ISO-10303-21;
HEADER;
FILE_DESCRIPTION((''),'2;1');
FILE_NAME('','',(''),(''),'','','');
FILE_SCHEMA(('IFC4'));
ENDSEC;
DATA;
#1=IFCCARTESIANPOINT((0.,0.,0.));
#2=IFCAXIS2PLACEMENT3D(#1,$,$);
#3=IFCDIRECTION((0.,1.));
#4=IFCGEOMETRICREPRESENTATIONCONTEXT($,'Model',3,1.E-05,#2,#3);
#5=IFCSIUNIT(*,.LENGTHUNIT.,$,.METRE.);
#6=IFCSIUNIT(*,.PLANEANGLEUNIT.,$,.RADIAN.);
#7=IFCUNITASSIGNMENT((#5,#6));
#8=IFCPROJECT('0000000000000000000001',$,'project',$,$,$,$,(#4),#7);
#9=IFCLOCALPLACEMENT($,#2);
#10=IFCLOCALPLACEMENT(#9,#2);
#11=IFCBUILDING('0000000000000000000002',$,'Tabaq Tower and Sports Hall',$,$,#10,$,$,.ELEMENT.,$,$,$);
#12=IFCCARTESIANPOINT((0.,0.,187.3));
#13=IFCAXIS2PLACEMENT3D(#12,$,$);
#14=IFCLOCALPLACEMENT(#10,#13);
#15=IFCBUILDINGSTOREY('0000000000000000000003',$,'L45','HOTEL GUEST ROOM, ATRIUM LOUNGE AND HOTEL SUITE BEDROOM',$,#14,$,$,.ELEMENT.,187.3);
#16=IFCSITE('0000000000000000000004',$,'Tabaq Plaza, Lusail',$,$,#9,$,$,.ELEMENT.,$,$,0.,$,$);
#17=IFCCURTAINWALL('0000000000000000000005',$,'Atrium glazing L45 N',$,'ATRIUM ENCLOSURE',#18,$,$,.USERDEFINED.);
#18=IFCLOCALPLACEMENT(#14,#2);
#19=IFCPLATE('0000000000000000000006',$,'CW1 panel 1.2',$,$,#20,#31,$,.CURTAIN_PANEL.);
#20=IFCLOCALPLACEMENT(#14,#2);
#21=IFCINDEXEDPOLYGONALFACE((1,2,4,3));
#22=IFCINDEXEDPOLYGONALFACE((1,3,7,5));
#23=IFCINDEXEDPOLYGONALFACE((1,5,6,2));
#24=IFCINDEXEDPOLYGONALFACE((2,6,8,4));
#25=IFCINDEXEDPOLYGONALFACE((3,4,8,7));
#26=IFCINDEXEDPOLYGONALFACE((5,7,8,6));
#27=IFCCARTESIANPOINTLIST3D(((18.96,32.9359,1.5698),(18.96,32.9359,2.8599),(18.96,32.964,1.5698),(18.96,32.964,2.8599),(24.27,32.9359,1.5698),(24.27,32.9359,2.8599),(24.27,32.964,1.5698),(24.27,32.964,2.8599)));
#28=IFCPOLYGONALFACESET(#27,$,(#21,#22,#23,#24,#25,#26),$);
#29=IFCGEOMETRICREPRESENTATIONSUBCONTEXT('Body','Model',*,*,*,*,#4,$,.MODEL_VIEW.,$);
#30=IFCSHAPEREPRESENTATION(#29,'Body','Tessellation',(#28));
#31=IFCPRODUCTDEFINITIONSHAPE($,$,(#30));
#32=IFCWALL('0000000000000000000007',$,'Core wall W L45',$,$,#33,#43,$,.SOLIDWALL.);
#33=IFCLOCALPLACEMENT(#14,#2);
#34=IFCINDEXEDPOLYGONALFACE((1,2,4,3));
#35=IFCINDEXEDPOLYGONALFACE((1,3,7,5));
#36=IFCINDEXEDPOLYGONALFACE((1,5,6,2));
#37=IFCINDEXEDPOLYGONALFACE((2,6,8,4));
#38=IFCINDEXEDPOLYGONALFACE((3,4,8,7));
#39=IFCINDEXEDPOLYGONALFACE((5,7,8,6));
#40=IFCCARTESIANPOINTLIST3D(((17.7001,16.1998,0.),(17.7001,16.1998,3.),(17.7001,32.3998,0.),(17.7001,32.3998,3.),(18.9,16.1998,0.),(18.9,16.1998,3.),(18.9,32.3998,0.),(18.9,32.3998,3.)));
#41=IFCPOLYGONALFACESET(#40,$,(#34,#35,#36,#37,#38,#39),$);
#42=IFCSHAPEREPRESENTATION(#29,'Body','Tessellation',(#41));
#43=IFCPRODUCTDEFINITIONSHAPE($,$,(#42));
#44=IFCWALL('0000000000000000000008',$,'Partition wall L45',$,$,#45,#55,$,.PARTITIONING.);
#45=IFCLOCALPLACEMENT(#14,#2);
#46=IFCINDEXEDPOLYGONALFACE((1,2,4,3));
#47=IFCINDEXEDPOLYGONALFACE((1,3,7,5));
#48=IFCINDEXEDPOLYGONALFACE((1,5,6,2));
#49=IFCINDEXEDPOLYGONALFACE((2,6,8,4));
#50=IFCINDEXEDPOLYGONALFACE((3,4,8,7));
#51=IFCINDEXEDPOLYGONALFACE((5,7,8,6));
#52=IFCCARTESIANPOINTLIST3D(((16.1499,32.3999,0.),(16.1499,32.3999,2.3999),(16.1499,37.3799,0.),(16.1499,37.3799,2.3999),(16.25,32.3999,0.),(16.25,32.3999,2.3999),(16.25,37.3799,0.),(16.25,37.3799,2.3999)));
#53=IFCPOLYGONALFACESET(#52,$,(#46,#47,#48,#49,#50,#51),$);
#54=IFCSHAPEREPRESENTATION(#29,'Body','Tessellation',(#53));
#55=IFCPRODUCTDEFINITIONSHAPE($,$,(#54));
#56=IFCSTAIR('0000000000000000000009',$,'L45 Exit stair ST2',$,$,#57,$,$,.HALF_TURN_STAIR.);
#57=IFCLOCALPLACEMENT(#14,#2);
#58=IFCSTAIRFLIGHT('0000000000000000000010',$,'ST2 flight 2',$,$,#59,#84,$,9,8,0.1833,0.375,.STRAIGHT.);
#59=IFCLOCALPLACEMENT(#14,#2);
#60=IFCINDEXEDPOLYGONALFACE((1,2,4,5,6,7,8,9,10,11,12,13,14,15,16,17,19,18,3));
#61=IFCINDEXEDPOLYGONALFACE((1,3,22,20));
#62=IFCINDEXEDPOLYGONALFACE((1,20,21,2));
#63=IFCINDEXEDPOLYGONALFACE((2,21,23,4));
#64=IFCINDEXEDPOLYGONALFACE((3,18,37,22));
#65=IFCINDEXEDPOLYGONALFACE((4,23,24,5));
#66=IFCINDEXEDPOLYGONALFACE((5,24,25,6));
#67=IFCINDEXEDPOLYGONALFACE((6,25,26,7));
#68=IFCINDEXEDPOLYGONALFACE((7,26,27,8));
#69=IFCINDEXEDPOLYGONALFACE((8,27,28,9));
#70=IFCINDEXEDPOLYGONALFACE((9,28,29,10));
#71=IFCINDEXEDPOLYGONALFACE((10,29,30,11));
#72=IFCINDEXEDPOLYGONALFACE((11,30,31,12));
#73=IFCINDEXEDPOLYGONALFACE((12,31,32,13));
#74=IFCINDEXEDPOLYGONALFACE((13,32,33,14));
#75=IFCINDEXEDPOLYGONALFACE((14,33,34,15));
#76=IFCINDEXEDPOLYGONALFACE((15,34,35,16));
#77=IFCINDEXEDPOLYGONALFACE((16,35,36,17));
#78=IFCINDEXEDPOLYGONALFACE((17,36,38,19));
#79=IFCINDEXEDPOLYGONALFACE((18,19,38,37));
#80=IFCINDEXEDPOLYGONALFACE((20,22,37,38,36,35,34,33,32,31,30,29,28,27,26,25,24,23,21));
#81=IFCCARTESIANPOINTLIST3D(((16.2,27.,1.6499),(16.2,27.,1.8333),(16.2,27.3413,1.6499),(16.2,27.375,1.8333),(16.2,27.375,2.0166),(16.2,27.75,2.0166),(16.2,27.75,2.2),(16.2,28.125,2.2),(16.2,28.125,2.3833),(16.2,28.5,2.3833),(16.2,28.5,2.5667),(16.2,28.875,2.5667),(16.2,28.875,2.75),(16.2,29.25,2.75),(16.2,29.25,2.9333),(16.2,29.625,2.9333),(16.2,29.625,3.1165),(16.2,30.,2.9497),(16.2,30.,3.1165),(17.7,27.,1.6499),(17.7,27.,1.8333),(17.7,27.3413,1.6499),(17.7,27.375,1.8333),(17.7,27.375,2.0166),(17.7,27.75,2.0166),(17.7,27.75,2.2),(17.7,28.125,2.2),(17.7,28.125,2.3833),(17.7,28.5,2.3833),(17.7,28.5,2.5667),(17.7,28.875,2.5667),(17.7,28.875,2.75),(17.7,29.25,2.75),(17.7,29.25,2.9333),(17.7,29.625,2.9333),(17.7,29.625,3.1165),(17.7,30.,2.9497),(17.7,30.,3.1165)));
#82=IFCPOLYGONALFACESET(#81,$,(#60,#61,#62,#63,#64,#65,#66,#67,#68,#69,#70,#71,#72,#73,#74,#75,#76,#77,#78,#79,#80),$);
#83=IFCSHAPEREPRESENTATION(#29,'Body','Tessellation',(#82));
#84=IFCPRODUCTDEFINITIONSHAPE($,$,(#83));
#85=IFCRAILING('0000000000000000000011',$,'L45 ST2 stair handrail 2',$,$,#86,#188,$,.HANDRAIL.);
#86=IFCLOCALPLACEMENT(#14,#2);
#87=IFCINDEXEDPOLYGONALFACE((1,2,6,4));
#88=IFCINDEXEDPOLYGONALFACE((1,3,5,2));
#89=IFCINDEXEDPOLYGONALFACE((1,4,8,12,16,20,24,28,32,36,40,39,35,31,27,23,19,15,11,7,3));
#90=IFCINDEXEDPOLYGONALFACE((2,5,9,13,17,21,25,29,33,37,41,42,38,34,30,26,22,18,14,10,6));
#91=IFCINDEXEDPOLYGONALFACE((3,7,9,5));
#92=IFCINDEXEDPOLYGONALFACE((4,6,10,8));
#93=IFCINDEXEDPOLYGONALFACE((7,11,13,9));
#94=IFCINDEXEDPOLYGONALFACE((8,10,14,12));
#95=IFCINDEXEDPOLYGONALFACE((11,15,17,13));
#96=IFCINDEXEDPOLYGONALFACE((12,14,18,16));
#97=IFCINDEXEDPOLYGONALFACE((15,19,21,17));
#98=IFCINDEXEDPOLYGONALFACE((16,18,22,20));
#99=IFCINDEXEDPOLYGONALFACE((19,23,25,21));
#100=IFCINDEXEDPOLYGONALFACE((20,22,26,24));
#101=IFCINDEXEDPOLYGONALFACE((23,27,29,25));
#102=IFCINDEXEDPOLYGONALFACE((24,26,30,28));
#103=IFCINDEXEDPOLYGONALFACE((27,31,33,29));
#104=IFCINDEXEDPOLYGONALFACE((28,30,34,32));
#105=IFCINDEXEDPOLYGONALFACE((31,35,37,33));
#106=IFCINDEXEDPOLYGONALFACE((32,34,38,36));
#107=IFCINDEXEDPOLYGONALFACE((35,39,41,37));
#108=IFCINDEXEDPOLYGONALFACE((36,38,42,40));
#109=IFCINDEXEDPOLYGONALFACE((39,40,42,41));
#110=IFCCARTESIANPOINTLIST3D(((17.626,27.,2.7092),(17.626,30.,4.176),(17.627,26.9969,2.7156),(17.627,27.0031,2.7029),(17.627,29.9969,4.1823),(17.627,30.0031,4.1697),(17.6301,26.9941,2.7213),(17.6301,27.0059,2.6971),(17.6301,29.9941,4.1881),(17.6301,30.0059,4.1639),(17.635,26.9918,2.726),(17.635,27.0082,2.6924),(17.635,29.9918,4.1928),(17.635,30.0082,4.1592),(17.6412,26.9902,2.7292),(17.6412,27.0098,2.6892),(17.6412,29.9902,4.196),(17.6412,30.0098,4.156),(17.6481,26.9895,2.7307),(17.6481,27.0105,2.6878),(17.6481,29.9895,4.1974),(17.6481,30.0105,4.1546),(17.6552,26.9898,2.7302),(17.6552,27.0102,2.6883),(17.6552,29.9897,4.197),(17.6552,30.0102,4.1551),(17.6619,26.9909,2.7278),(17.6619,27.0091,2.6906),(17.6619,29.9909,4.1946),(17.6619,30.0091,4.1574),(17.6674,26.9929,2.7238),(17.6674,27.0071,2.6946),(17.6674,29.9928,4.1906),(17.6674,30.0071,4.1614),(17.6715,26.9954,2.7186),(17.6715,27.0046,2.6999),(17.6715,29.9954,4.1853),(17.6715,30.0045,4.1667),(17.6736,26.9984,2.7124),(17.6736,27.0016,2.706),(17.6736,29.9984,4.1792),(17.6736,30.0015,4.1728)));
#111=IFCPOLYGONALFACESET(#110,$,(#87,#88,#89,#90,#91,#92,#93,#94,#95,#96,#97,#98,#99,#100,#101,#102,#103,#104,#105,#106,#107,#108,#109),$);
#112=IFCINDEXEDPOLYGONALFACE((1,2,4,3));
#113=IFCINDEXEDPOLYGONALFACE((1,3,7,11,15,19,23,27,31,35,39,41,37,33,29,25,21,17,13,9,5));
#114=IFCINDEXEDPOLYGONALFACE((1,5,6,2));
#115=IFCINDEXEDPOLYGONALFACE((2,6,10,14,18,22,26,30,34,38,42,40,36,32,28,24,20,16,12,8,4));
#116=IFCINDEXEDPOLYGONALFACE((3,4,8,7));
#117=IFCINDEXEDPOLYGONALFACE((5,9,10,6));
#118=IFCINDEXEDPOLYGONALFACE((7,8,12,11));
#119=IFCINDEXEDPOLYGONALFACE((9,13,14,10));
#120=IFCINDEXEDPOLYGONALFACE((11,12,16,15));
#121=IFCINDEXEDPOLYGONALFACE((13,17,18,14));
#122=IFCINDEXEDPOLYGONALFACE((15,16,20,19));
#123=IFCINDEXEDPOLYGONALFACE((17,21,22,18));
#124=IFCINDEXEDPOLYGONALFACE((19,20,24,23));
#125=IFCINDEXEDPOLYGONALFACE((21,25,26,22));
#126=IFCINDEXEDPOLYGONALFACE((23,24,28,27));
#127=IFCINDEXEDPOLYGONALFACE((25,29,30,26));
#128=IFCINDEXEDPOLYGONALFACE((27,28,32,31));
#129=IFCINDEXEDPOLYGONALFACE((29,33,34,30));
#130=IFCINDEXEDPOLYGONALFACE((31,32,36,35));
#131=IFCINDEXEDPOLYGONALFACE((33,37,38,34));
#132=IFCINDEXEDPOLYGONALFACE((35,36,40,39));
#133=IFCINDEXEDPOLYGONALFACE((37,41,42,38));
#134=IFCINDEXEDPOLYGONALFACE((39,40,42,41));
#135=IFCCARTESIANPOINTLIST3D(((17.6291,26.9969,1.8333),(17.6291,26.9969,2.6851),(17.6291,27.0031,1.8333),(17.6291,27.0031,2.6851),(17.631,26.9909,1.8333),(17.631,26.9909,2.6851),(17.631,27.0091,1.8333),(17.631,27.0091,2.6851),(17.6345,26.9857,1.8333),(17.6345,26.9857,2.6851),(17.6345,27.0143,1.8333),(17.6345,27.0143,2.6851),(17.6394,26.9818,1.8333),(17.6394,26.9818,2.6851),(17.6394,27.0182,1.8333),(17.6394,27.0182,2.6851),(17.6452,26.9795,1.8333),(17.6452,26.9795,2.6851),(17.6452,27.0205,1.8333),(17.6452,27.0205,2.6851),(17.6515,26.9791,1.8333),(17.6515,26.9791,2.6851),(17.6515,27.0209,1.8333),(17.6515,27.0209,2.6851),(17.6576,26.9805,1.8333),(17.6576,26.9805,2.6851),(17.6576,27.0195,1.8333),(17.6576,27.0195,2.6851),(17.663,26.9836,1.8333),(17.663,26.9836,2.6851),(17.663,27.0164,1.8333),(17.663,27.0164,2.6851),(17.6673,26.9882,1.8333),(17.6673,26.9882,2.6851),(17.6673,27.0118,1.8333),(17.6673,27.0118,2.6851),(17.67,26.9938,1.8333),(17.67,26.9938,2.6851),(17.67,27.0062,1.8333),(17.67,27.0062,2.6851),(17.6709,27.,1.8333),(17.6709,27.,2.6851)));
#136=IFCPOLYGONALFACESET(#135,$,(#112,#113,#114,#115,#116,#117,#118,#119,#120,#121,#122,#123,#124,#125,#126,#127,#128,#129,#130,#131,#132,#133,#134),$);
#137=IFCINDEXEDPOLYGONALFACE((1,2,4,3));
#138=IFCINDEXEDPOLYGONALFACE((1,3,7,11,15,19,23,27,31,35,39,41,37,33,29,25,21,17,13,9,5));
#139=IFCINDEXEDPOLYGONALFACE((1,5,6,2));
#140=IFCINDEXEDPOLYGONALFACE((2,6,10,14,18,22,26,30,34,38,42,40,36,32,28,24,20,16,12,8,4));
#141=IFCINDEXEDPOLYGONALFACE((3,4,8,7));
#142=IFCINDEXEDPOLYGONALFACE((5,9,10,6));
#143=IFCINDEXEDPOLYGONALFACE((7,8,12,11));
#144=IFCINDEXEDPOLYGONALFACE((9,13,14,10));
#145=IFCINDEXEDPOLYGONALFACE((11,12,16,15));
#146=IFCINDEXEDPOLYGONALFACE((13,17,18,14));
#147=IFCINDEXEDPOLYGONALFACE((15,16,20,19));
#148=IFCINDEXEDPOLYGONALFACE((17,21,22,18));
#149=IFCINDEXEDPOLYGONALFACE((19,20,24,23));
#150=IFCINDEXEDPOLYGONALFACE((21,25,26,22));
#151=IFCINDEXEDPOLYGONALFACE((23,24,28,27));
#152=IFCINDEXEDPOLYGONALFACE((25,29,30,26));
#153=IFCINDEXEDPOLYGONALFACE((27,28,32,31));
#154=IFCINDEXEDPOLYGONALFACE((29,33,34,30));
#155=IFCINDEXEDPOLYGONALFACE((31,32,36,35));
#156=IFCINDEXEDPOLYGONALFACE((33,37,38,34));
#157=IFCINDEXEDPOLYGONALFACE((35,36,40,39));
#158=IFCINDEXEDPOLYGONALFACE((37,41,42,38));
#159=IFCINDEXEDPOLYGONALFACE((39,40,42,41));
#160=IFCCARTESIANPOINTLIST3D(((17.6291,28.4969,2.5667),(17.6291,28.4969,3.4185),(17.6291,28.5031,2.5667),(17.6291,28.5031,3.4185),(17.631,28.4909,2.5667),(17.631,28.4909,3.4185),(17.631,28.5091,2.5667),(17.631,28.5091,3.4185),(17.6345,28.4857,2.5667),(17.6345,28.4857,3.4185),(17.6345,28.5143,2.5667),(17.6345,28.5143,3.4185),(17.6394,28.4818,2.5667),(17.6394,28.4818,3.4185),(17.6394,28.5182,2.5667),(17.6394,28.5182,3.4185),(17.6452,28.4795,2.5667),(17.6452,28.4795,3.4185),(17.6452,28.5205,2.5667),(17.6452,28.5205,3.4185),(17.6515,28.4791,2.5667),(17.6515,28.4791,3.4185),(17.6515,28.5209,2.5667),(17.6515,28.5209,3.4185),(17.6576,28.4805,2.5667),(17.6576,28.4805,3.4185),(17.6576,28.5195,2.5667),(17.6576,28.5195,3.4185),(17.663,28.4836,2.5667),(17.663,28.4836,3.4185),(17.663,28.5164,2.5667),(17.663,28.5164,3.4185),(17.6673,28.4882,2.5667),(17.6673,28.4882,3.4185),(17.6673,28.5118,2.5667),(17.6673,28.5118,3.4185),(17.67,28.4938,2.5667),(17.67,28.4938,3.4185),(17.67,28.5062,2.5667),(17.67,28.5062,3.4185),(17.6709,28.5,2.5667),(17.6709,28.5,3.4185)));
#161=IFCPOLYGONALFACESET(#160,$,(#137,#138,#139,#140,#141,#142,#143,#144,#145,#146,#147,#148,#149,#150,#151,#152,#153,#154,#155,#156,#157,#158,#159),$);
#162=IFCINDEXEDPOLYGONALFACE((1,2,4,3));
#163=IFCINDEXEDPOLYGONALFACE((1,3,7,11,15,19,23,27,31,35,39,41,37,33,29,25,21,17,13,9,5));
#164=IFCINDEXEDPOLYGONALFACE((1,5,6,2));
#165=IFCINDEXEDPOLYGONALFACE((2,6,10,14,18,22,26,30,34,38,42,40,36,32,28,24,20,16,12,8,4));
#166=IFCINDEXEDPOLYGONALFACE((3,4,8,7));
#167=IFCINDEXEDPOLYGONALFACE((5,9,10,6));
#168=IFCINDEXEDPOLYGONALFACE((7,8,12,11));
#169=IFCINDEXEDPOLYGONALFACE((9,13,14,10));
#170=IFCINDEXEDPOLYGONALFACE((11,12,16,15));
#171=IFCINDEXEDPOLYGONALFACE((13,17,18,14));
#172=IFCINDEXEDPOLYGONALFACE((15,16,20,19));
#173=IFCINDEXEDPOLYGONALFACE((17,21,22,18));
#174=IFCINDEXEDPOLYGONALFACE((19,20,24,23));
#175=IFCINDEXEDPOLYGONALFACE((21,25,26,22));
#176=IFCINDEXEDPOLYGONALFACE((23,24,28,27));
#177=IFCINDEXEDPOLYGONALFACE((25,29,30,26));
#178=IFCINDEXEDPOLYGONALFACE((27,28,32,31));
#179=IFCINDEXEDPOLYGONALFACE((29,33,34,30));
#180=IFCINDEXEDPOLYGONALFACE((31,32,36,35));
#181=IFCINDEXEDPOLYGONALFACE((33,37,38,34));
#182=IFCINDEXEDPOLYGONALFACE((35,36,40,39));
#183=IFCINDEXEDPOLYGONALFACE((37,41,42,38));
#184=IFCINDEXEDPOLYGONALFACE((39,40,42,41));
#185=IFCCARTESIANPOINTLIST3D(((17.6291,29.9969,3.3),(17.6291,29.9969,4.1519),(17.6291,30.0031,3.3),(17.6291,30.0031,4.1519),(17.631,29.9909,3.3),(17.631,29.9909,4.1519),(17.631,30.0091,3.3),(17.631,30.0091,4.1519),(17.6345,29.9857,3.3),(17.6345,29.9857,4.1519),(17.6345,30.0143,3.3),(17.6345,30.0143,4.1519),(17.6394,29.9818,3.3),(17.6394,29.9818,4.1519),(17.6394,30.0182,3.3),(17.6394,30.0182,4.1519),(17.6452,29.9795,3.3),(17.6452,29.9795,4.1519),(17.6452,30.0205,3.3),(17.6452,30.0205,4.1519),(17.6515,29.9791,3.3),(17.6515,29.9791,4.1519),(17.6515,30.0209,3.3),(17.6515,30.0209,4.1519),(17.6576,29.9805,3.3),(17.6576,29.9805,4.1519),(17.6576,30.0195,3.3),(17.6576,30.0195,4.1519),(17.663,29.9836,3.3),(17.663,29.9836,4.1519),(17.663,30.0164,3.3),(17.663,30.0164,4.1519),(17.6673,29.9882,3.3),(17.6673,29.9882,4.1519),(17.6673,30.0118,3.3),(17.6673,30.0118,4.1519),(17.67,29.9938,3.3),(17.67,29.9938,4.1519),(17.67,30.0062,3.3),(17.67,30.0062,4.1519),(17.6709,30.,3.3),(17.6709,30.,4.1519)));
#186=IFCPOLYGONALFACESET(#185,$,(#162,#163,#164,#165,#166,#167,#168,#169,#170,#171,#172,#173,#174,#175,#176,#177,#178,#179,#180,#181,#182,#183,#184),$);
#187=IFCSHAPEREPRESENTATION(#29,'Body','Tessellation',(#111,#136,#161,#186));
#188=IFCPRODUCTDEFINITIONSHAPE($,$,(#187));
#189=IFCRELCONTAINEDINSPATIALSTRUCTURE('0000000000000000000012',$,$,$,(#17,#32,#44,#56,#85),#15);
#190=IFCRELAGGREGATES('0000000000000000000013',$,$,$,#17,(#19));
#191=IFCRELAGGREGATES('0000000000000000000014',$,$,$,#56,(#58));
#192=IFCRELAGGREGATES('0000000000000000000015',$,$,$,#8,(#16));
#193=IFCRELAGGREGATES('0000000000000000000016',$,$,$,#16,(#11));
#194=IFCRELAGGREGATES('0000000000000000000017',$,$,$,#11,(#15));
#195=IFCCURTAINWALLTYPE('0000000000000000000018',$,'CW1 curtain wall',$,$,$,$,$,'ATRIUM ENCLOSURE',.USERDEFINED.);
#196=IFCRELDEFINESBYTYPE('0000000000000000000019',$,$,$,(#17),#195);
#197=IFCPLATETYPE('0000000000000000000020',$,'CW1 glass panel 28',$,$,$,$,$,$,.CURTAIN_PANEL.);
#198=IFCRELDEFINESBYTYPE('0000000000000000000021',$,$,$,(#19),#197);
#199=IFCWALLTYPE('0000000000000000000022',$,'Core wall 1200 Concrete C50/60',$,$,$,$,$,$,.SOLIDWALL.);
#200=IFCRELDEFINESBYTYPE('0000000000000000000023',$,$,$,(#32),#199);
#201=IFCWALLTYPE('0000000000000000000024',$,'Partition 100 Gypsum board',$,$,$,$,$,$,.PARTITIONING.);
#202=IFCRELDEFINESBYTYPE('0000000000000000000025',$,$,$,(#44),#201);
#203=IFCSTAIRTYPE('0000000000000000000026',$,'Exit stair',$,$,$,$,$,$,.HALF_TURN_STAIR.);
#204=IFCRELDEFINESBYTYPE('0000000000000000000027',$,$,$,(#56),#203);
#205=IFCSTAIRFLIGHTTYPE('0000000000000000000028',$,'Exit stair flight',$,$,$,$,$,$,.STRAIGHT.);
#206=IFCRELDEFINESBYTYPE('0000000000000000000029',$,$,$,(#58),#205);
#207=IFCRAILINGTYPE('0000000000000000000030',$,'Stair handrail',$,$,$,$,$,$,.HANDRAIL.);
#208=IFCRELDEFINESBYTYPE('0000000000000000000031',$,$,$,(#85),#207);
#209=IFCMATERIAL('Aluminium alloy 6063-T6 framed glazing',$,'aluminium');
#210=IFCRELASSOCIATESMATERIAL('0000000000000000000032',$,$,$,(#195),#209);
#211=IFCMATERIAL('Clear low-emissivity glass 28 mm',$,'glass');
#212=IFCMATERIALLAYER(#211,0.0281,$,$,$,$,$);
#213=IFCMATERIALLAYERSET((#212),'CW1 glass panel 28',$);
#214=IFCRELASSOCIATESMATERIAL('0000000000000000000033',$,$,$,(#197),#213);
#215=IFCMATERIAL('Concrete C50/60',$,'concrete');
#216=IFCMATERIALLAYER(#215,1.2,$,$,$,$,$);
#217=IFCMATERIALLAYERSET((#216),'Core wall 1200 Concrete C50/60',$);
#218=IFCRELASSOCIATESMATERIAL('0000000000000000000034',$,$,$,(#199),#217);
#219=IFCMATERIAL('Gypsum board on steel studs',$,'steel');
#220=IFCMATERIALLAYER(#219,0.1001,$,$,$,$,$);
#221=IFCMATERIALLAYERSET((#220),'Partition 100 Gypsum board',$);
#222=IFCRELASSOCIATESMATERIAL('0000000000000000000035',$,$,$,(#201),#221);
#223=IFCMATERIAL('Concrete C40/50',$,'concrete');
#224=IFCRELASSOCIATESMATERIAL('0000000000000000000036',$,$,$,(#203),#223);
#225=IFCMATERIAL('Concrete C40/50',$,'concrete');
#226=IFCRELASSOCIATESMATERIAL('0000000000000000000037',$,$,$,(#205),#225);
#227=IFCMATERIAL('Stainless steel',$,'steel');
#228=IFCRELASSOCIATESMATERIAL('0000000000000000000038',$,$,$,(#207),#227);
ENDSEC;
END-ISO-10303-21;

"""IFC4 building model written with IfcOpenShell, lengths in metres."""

from ifc_helpers import new_model, si_unit, direction, frame, frame_2d, origin, origin_2d, place, context, subcontext, project, spatial, polyline, rectangle, circle, outline, extrude, material, layer, layer_set, type_object, element, aggregate, save


model = new_model("IFC4")

# Units and contexts
model_context = context("Model", 3, precision=1e-05, world=origin(), true_north=direction((0.0, 1.0)))
body_context = subcontext(model_context, "Body", "Model", "MODEL_VIEW")
ifc_project = project(units=[si_unit("LENGTHUNIT", "METRE"), si_unit("PLANEANGLEUNIT", "RADIAN")], contexts=[model_context])

# Site, building, storey
site_placement = place(None, origin())
site = spatial("IfcSite", under=ifc_project, at=site_placement, Name="Tabaq Plaza, Lusail", CompositionType="ELEMENT", RefElevation=0.0)
building_placement = place(site_placement, origin())
building = spatial("IfcBuilding", under=site, at=building_placement, Name="Tabaq Tower and Sports Hall", CompositionType="ELEMENT")
storey_placement = place(building_placement, frame((0.0, 0.0, 187.3)))
storey = spatial("IfcBuildingStorey", under=building, at=storey_placement, Name="L45", Description="HOTEL GUEST ROOM, ATRIUM LOUNGE AND HOTEL SUITE BEDROOM", CompositionType="ELEMENT", Elevation=187.3)

# Curtain wall
ifc_material_1 = material(Name="Aluminium alloy 6063-T6 framed glazing", Category="aluminium")
curtain_wall_type = type_object("IfcCurtainWallType", Name="CW1 curtain wall", ElementType="ATRIUM ENCLOSURE", PredefinedType="USERDEFINED", material=ifc_material_1)
curtain_wall_placement = place(storey_placement, origin())
curtain_wall = element("IfcCurtainWall", 1, at=curtain_wall_placement, inside=storey, type_object=curtain_wall_type, Name="Atrium glazing L45 N", ObjectType="ATRIUM ENCLOSURE", PredefinedType="USERDEFINED")

# Plate
ifc_material_2 = material(Name="Clear low-emissivity glass 28 mm", Category="glass")
ifc_layer_1 = layer(ifc_material_2, 0.0281)
ifc_layer_set_1 = layer_set([ifc_layer_1], Name="CW1 glass panel 28")
plate_type = type_object("IfcPlateType", Name="CW1 glass panel 28", PredefinedType="CURTAIN_PANEL", material=ifc_layer_set_1)
plate_1_placement = place(storey_placement, frame((21.615, 32.95, 1.5698), z_axis=(0.0, 0.0, 1.0), x_axis=(1.0, 0.0, 0.0)))
plate_1 = element("IfcPlate", 2, at=plate_1_placement, type_object=plate_type, Name="CW1 panel 1.2", PredefinedType="CURTAIN_PANEL", context=body_context, shape_type="SweptSolid", body=[
    extrude(rectangle(XDim=5.3101, YDim=0.0281, at=origin_2d()), origin(), (0.0, 0.0, 1.0), 1.29),
])
aggregate(curtain_wall, [plate_1])

# Walls
ifc_material_3 = material(Name="Concrete C50/60", Category="concrete")
ifc_layer_2 = layer(ifc_material_3, 1.2)
ifc_layer_set_2 = layer_set([ifc_layer_2], Name="Core wall 1200 Concrete C50/60")
wall_type_1 = type_object("IfcWallType", Name="Core wall 1200 Concrete C50/60", PredefinedType="SOLIDWALL", material=ifc_layer_set_2)
wall_1_placement = place(storey_placement, frame((18.3, 32.3999, 0.0), z_axis=(0.0, 0.0, 1.0), x_axis=(0.0, -1.0, 0.0)))
element("IfcWall", 3, at=wall_1_placement, inside=storey, type_object=wall_type_1, Name="Core wall W L45", PredefinedType="SOLIDWALL", context=body_context, shape_type="SweptSolid", body=[
    extrude(rectangle(XDim=16.2, YDim=1.2, at=frame_2d((8.1001, 0.0))), origin(), (0.0, 0.0, 1.0), 3.0),
])
ifc_material_4 = material(Name="Gypsum board on steel studs", Category="steel")
ifc_layer_3 = layer(ifc_material_4, 0.1001)
ifc_layer_set_3 = layer_set([ifc_layer_3], Name="Partition 100 Gypsum board")
wall_type_2 = type_object("IfcWallType", Name="Partition 100 Gypsum board", PredefinedType="PARTITIONING", material=ifc_layer_set_3)
wall_2_placement = place(storey_placement, frame((16.2, 37.3799, 0.0), z_axis=(0.0, 0.0, 1.0), x_axis=(0.0, -1.0, 0.0)))
element("IfcWall", 4, at=wall_2_placement, inside=storey, type_object=wall_type_2, Name="Partition wall L45", PredefinedType="PARTITIONING", context=body_context, shape_type="SweptSolid", body=[
    extrude(rectangle(XDim=4.98, YDim=0.1001, at=frame_2d((2.49, 0.0))), origin(), (0.0, 0.0, 1.0), 2.3999),
])

# Stair, stair flight
ifc_material_5 = material(Name="Concrete C40/50", Category="concrete")
stair_type = type_object("IfcStairType", Name="Exit stair", PredefinedType="HALF_TURN_STAIR", material=ifc_material_5)
stair_placement = place(storey_placement, origin())
stair = element("IfcStair", 5, at=stair_placement, inside=storey, type_object=stair_type, Name="L45 Exit stair ST2", PredefinedType="HALF_TURN_STAIR")
ifc_material_6 = material(Name="Concrete C40/50", Category="concrete")
stair_flight_type = type_object("IfcStairFlightType", Name="Exit stair flight", PredefinedType="STRAIGHT", material=ifc_material_6)
stair_flight_placement = place(storey_placement, frame((16.95, 27.0, 1.6499), z_axis=(0.0, 0.0, 1.0), x_axis=(0.0, 1.0, 0.0)))
stair_flight = element("IfcStairFlight", 6, at=stair_flight_placement, type_object=stair_flight_type, Name="ST2 flight 2", NumberOfRisers=9, NumberOfTreads=8, PredefinedType="STRAIGHT", RiserHeight=0.1833, TreadLength=0.375, context=body_context, shape_type="SweptSolid", body=[
    extrude(outline(polyline([(0.0, 0.0), (0.0, 0.1833), (0.375, 0.1833), (0.375, 0.3667), (0.75, 0.3667), (0.75, 0.55), (1.125, 0.55), (1.125, 0.7334), (1.5, 0.7334), (1.5, 0.9167), (1.875, 0.9167), (1.875, 1.1001), (2.25, 1.1001), (2.25, 1.2834), (2.625, 1.2834), (2.625, 1.4666), (3.0, 1.4666), (3.0, 1.6499), (3.0, 1.2998), (0.3413, 0.0), (0.0, 0.0)])), frame((0.0, 0.75, 0.0), z_axis=(0.0, -1.0, 0.0), x_axis=(1.0, 0.0, 0.0)), (0.0, 0.0, 1.0), 1.5),
])
aggregate(stair, [stair_flight])

# Railing
ifc_material_7 = material(Name="Stainless steel", Category="steel")
railing_type_1 = type_object("IfcRailingType", Name="Stair handrail", PredefinedType="HANDRAIL", material=ifc_material_7)
railing_1_placement = place(storey_placement, frame((17.6499, 27.0, 1.8333)))
element("IfcRailing", 7, at=railing_1_placement, inside=storey, type_object=railing_type_1, Name="L45 ST2 stair handrail 2", PredefinedType="HANDRAIL", context=body_context, shape_type="SweptSolid", body=[
    extrude(circle(Radius=0.0239, at=origin_2d()), frame((0.0, 0.0, 0.876), z_axis=(0.0, 0.898369, 0.439242), x_axis=(-1.0, 0.0, 0.0)), (0.0, 0.0, 1.0), 3.3394),
    extrude(circle(Radius=0.021, at=origin_2d()), origin(), (0.0, 0.0, 1.0), 0.8518),
    extrude(circle(Radius=0.021, at=origin_2d()), frame((0.0, 1.5, 0.7334)), (0.0, 0.0, 1.0), 0.8518),
    extrude(circle(Radius=0.021, at=origin_2d()), frame((0.0, 3.0, 1.4668)), (0.0, 0.0, 1.0), 0.8518),
])

save(model, "model.ifc")
